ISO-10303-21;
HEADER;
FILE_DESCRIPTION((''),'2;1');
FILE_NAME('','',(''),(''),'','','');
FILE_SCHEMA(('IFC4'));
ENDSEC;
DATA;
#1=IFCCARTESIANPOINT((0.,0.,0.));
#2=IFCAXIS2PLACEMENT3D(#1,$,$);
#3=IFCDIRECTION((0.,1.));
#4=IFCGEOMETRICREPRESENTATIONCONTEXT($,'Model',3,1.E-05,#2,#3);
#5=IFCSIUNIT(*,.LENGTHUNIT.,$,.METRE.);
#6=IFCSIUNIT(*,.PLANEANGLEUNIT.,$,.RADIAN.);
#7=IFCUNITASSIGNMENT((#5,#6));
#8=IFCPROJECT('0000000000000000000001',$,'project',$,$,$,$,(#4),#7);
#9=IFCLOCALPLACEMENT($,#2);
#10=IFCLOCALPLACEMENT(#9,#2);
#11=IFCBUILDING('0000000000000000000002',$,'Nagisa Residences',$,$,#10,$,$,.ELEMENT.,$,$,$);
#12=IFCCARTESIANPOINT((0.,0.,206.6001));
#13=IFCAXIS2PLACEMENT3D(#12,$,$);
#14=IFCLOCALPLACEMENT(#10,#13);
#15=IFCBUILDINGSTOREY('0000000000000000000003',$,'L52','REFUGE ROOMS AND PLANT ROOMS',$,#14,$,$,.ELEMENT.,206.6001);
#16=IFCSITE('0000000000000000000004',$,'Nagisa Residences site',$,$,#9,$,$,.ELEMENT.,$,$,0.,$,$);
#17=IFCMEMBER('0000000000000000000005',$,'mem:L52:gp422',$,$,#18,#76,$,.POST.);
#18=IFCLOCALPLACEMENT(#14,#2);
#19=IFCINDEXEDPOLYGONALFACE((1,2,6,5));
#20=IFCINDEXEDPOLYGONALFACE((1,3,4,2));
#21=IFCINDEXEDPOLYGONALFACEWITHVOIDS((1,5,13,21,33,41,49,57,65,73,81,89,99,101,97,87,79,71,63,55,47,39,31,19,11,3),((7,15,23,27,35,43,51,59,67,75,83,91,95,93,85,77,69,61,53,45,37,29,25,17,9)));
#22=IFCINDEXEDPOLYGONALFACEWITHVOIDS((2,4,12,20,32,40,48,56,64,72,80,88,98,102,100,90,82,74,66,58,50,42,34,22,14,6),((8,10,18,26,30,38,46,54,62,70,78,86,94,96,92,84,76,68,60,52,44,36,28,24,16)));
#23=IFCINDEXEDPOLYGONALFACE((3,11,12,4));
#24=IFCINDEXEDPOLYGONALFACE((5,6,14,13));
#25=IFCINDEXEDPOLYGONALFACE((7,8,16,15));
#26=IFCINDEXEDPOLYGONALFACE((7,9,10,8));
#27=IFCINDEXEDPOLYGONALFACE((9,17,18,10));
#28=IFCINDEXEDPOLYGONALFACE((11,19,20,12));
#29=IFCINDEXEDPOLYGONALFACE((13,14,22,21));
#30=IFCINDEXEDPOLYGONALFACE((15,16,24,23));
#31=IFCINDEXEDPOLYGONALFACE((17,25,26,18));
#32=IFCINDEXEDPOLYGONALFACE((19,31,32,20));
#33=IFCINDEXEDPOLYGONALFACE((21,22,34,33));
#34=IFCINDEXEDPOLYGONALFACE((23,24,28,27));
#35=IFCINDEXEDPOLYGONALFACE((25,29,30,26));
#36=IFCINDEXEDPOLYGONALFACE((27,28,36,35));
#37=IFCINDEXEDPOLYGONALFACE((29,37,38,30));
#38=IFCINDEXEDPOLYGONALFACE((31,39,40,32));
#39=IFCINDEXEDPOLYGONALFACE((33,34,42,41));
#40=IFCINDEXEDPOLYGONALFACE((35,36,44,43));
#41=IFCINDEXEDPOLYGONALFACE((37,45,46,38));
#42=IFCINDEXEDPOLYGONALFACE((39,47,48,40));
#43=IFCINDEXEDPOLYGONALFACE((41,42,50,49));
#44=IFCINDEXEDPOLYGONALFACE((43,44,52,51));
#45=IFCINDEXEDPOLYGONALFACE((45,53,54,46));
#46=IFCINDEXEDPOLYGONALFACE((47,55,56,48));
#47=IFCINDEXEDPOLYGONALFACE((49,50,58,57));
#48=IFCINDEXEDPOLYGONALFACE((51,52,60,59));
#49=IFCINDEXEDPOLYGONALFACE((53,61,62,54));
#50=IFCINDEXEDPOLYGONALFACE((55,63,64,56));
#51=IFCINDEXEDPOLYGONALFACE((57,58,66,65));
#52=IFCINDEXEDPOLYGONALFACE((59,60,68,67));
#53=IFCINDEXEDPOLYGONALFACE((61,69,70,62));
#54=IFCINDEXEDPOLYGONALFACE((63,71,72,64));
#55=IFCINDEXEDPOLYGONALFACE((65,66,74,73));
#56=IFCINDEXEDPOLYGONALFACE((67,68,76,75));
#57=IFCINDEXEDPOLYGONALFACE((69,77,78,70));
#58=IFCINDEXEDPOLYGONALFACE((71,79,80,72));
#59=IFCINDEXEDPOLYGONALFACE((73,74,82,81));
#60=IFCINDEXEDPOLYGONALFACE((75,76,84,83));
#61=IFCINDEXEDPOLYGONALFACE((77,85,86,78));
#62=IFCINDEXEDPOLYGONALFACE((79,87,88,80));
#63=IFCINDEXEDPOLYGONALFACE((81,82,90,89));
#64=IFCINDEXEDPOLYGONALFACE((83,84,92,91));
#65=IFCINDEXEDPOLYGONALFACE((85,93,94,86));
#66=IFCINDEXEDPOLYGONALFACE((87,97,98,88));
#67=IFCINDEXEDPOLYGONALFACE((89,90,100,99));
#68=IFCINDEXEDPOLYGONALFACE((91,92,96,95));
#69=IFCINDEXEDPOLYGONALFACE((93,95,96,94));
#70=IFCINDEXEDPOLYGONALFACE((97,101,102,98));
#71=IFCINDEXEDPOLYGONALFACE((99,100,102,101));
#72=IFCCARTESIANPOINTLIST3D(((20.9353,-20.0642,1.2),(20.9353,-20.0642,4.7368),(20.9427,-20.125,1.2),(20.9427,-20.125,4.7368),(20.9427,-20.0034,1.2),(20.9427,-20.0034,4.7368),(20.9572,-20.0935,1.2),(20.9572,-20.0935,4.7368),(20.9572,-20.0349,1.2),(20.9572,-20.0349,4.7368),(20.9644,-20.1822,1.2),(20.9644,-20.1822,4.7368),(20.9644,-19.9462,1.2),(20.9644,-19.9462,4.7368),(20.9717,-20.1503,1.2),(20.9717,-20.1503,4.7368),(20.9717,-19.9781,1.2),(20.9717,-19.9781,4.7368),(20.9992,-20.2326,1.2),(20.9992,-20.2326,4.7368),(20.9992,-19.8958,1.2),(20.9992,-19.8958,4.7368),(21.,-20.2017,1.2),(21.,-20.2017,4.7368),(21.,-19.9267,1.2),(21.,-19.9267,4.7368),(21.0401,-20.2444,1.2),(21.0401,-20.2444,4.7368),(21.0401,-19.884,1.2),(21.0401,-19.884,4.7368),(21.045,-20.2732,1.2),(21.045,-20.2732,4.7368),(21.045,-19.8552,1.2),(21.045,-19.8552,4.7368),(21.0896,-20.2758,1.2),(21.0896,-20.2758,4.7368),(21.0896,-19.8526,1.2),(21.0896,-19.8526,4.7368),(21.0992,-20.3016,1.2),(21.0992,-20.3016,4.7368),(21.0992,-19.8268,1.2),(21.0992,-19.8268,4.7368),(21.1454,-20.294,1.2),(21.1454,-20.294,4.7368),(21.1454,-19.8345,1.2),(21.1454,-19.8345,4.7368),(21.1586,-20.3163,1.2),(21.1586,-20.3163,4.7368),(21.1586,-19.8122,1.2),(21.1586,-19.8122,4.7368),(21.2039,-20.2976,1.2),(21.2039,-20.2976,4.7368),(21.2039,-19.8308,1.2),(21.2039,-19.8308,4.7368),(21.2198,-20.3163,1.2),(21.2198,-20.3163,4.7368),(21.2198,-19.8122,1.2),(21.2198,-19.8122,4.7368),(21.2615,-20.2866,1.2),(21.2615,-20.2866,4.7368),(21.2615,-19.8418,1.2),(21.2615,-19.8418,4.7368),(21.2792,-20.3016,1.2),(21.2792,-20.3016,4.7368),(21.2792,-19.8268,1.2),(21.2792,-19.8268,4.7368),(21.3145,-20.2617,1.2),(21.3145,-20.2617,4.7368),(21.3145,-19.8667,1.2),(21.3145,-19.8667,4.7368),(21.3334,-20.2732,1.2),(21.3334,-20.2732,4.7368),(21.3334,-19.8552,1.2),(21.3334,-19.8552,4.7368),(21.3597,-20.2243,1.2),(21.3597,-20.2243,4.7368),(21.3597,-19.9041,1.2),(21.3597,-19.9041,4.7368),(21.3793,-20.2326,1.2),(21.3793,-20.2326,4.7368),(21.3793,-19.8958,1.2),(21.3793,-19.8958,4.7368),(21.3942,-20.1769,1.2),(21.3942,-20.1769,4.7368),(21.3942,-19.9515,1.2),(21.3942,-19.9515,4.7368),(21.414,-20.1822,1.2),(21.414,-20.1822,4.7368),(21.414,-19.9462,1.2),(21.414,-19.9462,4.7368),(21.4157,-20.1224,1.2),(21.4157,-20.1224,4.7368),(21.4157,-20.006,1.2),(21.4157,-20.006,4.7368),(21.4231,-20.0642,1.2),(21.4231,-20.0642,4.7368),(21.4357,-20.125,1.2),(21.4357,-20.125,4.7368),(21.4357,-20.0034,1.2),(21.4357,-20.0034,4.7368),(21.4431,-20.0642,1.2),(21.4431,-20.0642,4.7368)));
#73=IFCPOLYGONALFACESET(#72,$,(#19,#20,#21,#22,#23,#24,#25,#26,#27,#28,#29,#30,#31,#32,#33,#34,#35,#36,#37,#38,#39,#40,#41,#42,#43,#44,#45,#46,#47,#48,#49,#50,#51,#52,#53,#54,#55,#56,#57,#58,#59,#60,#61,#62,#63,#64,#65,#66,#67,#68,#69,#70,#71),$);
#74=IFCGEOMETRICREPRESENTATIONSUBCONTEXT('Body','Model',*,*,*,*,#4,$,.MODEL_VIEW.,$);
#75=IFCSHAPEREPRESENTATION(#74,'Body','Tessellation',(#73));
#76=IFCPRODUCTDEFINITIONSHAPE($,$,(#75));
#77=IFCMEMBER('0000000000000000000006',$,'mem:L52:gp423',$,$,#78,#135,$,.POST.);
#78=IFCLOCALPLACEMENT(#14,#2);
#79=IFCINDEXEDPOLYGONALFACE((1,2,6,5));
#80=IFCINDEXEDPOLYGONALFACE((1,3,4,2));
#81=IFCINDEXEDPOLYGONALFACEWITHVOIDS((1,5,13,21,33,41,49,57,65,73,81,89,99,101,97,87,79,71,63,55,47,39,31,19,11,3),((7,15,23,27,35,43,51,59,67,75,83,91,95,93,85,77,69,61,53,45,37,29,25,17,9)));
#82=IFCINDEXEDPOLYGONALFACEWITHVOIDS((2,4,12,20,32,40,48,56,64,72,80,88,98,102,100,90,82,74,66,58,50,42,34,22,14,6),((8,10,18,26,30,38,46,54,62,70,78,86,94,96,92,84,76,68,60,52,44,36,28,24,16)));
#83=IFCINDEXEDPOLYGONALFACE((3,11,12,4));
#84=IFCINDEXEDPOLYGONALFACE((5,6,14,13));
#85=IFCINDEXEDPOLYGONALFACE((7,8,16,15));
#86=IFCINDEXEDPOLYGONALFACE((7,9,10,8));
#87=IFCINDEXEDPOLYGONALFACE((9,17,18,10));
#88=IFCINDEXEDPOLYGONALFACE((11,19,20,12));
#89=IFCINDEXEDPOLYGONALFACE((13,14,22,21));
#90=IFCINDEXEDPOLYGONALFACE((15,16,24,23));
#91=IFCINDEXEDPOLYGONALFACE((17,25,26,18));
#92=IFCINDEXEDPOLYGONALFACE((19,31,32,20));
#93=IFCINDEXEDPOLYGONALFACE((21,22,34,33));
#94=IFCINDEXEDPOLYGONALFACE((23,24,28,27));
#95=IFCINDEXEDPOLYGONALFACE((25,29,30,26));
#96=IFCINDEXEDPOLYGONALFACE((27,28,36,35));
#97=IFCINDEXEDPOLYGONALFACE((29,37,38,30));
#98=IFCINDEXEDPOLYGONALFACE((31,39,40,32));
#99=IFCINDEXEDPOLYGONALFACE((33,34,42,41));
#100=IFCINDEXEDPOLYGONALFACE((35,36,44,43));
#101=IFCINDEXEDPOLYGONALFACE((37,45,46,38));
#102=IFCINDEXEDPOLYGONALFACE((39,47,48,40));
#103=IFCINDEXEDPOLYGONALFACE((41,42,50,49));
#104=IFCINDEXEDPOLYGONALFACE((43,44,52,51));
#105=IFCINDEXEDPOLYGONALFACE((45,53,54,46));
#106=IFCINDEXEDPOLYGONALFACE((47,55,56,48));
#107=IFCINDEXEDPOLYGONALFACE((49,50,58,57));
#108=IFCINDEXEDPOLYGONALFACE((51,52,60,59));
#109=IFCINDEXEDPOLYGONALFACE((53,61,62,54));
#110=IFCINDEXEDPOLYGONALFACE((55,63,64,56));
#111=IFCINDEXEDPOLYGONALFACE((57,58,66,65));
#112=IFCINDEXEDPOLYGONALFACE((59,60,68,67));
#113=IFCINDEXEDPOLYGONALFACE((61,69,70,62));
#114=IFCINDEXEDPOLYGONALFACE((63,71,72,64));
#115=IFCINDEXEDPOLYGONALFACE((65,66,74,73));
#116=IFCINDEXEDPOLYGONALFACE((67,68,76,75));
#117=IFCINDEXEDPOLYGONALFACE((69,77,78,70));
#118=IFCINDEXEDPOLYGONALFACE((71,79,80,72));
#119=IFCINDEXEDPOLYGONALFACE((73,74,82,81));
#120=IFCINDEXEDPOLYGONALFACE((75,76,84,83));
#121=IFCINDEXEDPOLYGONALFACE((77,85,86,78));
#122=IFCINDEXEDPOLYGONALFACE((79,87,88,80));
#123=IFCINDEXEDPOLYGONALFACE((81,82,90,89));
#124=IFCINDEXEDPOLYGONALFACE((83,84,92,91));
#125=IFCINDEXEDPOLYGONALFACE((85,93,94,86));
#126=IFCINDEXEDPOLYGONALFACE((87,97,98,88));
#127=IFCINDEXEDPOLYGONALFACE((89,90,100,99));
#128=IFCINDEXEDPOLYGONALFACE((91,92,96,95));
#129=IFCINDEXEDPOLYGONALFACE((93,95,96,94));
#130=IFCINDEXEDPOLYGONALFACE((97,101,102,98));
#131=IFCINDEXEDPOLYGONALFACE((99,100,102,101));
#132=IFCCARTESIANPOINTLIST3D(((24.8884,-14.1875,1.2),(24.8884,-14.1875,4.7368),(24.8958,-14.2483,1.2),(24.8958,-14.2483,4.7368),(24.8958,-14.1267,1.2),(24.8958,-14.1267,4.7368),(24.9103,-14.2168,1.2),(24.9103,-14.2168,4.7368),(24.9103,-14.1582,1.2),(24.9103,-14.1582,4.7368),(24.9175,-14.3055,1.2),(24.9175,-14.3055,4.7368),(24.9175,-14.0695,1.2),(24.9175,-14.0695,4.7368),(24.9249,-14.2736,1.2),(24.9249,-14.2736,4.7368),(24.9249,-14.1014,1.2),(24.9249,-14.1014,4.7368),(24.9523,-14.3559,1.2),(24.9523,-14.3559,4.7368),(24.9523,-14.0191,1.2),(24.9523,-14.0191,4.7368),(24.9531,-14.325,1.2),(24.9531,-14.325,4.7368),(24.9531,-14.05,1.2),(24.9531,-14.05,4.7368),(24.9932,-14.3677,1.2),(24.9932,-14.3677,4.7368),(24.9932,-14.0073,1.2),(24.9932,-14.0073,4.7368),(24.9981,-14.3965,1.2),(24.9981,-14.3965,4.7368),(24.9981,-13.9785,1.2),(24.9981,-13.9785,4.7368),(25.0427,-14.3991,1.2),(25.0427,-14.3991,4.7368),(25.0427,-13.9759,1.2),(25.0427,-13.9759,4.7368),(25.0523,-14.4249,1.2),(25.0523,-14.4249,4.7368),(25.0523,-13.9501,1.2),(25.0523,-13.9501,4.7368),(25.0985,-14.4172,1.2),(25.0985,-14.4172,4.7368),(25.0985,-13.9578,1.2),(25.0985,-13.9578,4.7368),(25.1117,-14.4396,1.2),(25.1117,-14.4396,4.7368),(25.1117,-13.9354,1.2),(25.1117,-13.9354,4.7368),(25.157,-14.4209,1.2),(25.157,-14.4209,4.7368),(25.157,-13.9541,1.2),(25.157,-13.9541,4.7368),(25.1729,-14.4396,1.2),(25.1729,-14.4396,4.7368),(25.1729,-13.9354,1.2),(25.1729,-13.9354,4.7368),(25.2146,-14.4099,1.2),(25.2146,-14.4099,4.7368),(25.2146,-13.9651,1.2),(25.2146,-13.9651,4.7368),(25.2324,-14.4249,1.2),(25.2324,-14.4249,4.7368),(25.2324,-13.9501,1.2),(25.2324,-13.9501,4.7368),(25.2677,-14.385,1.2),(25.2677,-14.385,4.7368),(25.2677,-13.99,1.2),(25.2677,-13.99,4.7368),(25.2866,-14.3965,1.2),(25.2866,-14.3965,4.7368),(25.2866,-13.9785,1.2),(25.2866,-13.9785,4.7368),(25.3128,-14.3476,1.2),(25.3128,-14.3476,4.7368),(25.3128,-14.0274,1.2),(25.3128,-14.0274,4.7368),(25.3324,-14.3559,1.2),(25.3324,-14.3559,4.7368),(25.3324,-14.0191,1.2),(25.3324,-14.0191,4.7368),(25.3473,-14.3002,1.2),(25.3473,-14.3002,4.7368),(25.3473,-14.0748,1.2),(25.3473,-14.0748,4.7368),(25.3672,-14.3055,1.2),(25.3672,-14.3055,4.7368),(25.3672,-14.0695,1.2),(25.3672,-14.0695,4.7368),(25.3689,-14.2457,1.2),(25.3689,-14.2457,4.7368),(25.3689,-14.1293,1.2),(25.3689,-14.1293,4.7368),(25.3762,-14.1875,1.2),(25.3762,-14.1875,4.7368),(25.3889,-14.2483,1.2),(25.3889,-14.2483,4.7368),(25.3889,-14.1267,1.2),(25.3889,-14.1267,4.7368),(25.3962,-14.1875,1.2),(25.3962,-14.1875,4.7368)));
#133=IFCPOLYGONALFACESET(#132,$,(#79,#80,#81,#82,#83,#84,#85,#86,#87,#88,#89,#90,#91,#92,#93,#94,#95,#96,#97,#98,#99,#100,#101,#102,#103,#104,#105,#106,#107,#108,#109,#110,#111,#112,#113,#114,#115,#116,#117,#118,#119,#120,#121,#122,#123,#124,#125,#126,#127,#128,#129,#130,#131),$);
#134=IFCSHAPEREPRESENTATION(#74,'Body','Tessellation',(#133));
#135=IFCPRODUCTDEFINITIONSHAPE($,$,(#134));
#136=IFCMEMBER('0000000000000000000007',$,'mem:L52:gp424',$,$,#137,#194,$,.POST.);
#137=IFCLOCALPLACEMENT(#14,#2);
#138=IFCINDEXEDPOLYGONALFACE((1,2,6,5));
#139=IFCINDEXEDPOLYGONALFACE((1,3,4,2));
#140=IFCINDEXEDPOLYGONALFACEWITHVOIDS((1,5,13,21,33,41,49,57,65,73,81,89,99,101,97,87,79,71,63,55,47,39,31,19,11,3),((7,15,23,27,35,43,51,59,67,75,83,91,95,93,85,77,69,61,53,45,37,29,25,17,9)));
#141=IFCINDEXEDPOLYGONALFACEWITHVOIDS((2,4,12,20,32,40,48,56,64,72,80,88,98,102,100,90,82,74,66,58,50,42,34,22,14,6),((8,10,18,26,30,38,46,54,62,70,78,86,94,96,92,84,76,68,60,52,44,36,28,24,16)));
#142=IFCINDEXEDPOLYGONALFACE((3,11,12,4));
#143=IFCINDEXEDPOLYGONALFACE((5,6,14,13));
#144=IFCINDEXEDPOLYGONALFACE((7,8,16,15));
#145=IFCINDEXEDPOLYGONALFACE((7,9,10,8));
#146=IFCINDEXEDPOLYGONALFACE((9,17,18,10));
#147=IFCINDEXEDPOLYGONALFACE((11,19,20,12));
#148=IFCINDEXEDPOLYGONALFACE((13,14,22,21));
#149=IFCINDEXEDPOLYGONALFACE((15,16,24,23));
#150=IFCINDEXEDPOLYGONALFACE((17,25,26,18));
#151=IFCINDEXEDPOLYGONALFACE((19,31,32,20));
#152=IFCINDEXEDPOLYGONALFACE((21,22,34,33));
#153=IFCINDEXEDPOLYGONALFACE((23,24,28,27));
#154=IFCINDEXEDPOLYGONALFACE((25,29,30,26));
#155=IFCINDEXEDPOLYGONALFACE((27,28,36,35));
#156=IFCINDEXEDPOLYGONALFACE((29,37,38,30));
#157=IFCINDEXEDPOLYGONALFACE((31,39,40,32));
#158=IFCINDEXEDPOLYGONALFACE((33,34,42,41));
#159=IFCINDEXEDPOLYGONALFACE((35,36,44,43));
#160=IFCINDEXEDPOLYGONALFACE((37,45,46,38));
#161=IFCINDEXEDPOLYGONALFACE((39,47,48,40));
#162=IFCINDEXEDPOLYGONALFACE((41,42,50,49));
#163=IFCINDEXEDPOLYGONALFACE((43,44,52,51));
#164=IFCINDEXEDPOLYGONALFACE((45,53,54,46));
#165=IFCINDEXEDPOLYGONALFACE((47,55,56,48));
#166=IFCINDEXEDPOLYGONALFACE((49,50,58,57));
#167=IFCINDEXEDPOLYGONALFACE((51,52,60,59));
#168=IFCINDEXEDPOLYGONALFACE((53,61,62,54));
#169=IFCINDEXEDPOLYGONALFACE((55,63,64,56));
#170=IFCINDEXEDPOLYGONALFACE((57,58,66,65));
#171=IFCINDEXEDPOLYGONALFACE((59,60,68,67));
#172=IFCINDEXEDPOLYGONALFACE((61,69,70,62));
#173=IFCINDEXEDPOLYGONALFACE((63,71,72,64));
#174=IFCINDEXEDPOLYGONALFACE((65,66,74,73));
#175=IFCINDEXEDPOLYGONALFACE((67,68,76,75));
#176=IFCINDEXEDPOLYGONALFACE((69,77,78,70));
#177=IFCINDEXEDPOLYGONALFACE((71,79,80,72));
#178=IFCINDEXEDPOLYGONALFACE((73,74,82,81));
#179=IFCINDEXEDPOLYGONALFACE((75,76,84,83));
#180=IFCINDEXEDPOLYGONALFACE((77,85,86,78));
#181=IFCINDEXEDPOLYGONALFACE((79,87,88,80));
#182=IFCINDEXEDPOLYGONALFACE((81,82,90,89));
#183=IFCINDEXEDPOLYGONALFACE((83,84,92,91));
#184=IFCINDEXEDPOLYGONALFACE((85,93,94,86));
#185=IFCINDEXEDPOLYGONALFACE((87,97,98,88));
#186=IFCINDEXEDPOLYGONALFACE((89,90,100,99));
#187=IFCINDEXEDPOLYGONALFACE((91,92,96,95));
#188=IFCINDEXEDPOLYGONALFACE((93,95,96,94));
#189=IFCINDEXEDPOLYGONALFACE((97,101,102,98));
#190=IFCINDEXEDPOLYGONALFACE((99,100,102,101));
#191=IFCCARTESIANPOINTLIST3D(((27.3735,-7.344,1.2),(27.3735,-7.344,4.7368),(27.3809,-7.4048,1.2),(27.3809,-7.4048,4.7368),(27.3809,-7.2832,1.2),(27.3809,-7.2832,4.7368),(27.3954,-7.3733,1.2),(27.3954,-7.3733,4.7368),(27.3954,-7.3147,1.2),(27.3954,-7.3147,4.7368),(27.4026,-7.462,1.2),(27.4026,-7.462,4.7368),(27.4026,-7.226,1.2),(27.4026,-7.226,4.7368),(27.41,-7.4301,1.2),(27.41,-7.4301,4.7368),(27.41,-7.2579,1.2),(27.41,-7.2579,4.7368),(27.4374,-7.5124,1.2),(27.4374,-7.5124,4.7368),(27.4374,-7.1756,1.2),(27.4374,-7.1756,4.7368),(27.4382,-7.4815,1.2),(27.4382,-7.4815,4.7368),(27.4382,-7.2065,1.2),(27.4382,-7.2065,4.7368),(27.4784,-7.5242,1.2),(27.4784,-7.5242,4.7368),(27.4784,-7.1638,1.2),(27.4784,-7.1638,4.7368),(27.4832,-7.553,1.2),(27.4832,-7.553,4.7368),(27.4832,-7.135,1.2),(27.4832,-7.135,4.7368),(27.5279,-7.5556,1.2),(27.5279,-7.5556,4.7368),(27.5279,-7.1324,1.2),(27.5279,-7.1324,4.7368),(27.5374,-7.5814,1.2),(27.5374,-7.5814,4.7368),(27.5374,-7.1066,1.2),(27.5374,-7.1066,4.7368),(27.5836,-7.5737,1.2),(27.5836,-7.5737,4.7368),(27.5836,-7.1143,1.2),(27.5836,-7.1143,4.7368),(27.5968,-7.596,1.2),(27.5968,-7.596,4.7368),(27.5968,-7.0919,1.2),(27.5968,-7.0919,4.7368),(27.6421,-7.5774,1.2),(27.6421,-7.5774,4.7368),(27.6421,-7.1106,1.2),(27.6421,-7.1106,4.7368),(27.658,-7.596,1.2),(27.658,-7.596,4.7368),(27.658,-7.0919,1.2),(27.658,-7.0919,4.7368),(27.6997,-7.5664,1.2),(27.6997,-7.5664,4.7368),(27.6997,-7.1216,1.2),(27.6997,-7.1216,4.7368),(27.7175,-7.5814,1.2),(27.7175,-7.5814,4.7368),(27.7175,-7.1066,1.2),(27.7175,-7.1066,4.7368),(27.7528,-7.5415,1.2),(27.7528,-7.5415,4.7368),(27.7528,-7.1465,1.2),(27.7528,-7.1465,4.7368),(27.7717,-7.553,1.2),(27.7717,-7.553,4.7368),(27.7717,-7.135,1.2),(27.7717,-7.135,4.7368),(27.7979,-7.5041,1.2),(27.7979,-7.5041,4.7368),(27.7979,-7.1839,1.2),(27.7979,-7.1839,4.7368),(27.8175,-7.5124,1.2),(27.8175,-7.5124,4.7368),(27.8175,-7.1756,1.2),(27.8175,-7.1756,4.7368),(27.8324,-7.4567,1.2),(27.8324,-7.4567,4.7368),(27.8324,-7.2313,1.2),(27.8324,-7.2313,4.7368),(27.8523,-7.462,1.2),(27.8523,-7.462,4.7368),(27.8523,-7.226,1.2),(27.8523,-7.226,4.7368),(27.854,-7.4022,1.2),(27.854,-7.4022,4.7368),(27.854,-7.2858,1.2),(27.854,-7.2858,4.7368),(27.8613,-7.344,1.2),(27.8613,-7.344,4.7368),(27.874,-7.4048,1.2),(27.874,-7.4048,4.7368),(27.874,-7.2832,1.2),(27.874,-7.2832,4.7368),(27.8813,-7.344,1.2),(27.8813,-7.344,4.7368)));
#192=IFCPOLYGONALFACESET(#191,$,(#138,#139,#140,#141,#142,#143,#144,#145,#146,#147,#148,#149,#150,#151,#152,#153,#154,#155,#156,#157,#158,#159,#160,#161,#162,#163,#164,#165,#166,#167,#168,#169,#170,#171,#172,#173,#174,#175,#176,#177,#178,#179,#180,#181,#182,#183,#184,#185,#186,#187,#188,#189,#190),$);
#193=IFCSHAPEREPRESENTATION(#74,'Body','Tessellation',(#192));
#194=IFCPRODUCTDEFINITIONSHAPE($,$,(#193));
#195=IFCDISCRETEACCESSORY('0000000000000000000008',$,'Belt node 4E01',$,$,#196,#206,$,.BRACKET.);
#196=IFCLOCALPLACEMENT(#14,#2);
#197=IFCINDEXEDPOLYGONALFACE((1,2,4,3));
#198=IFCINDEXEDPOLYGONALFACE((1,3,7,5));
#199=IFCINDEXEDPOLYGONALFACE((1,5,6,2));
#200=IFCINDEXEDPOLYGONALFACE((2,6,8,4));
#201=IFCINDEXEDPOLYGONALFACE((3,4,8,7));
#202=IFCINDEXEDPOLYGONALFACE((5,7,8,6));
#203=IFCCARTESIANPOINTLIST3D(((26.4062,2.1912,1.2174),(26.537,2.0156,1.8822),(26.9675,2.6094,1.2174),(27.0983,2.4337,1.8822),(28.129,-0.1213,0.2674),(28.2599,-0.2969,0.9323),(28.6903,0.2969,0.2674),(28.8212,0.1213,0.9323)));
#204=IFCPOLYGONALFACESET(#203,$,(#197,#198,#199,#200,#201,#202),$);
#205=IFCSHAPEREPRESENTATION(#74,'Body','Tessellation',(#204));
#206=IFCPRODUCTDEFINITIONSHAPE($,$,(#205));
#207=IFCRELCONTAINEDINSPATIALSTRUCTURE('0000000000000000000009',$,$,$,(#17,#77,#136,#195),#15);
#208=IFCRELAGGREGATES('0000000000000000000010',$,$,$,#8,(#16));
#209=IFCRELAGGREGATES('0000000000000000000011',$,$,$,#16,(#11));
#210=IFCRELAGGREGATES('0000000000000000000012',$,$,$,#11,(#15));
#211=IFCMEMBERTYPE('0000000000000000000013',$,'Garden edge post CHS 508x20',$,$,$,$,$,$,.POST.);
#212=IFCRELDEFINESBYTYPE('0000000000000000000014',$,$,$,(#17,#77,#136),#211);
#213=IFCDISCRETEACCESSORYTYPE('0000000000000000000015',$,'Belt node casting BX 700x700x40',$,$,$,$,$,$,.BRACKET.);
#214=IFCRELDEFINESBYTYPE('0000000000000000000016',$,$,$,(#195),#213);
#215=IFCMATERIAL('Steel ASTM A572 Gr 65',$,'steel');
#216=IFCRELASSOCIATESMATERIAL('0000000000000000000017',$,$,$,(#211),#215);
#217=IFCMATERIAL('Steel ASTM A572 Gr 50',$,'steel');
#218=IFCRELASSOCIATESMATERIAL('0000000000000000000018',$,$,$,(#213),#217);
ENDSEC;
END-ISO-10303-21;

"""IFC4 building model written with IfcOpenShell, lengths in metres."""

from ifc_helpers import new_model, si_unit, direction, frame, origin, origin_2d, place, context, subcontext, project, spatial, rectangle, hollow_circle, extrude, material, material_profile, profile_set, type_object, element, save


model = new_model("IFC4")

# Units and contexts
model_context = context("Model", 3, precision=1e-05, world=origin(), true_north=direction((0.0, 1.0)))
body_context = subcontext(model_context, "Body", "Model", "MODEL_VIEW")
ifc_project = project(units=[si_unit("LENGTHUNIT", "METRE"), si_unit("PLANEANGLEUNIT", "RADIAN")], contexts=[model_context])

# Site, building, storey
site_placement = place(None, origin())
site = spatial("IfcSite", under=ifc_project, at=site_placement, Name="Nagisa Residences site", CompositionType="ELEMENT", RefElevation=0.0)
building_placement = place(site_placement, origin())
building = spatial("IfcBuilding", under=site, at=building_placement, Name="Nagisa Residences", CompositionType="ELEMENT")
storey_placement = place(building_placement, frame((0.0, 0.0, 206.6001)))
storey = spatial("IfcBuildingStorey", under=building, at=storey_placement, Name="L52", Description="REFUGE ROOMS AND PLANT ROOMS", CompositionType="ELEMENT", Elevation=206.6001)

# Members
ifc_material_1 = material(Name="Steel ASTM A572 Gr 65", Category="steel")
ifc_material_profile_1 = material_profile(ifc_material_1, hollow_circle(Radius=0.2539, WallThickness=0.02, at=origin_2d()), Name="CHS 508x20")
ifc_profile_set_1 = profile_set([ifc_material_profile_1], Name="Steel ASTM A572 Gr 65")
member_type_1 = type_object("IfcMemberType", Name="Garden edge post CHS 508x20", PredefinedType="POST", material=ifc_profile_set_1)
for number, where, z_axis, x_axis, name in (
    (1, (21.1892, -20.0642, 1.2), (0.0, 0.0, 1.0), (1.0, 0.0, 0.0), "mem:L52:gp422"),
    (2, (25.1423, -14.1875, 1.2), (0.0, 0.0, 1.0), (1.0, 0.0, 0.0), "mem:L52:gp423"),
    (3, (27.6274, -7.344, 1.2), (0.0, 0.0, 1.0), (1.0, 0.0, 0.0), "mem:L52:gp424"),
):
    element("IfcMember", number, at=place(storey_placement, frame(where, z_axis=z_axis, x_axis=x_axis)), inside=storey, type_object=member_type_1, Name=name, PredefinedType="POST", context=body_context, shape_type="SweptSolid", body=[
        extrude(hollow_circle(Radius=0.2539, WallThickness=0.02, at=origin_2d()), origin(), (0.0, 0.0, 1.0), 3.5369),
    ])

# Discrete accessory
ifc_material_2 = material(Name="Steel ASTM A572 Gr 50", Category="steel")
discrete_accessory_type_1 = type_object("IfcDiscreteAccessoryType", Name="Belt node casting BX 700x700x40", PredefinedType="BRACKET", material=ifc_material_2)
discrete_accessory_1_placement = place(storey_placement, frame((28.4751, 0.0, 0.5999), z_axis=(-0.567455, 0.761645, 0.312876), x_axis=(-0.801906, -0.59745, 0.0)))
element("IfcDiscreteAccessory", 4, at=discrete_accessory_1_placement, inside=storey, type_object=discrete_accessory_type_1, Name="Belt node 4E01", PredefinedType="BRACKET", context=body_context, shape_type="SweptSolid", body=[
    extrude(rectangle(XDim=0.7, YDim=0.7, at=origin_2d()), origin(), (0.0, 0.0, 1.0), 3.0361),
])

save(model, "model.ifc")
